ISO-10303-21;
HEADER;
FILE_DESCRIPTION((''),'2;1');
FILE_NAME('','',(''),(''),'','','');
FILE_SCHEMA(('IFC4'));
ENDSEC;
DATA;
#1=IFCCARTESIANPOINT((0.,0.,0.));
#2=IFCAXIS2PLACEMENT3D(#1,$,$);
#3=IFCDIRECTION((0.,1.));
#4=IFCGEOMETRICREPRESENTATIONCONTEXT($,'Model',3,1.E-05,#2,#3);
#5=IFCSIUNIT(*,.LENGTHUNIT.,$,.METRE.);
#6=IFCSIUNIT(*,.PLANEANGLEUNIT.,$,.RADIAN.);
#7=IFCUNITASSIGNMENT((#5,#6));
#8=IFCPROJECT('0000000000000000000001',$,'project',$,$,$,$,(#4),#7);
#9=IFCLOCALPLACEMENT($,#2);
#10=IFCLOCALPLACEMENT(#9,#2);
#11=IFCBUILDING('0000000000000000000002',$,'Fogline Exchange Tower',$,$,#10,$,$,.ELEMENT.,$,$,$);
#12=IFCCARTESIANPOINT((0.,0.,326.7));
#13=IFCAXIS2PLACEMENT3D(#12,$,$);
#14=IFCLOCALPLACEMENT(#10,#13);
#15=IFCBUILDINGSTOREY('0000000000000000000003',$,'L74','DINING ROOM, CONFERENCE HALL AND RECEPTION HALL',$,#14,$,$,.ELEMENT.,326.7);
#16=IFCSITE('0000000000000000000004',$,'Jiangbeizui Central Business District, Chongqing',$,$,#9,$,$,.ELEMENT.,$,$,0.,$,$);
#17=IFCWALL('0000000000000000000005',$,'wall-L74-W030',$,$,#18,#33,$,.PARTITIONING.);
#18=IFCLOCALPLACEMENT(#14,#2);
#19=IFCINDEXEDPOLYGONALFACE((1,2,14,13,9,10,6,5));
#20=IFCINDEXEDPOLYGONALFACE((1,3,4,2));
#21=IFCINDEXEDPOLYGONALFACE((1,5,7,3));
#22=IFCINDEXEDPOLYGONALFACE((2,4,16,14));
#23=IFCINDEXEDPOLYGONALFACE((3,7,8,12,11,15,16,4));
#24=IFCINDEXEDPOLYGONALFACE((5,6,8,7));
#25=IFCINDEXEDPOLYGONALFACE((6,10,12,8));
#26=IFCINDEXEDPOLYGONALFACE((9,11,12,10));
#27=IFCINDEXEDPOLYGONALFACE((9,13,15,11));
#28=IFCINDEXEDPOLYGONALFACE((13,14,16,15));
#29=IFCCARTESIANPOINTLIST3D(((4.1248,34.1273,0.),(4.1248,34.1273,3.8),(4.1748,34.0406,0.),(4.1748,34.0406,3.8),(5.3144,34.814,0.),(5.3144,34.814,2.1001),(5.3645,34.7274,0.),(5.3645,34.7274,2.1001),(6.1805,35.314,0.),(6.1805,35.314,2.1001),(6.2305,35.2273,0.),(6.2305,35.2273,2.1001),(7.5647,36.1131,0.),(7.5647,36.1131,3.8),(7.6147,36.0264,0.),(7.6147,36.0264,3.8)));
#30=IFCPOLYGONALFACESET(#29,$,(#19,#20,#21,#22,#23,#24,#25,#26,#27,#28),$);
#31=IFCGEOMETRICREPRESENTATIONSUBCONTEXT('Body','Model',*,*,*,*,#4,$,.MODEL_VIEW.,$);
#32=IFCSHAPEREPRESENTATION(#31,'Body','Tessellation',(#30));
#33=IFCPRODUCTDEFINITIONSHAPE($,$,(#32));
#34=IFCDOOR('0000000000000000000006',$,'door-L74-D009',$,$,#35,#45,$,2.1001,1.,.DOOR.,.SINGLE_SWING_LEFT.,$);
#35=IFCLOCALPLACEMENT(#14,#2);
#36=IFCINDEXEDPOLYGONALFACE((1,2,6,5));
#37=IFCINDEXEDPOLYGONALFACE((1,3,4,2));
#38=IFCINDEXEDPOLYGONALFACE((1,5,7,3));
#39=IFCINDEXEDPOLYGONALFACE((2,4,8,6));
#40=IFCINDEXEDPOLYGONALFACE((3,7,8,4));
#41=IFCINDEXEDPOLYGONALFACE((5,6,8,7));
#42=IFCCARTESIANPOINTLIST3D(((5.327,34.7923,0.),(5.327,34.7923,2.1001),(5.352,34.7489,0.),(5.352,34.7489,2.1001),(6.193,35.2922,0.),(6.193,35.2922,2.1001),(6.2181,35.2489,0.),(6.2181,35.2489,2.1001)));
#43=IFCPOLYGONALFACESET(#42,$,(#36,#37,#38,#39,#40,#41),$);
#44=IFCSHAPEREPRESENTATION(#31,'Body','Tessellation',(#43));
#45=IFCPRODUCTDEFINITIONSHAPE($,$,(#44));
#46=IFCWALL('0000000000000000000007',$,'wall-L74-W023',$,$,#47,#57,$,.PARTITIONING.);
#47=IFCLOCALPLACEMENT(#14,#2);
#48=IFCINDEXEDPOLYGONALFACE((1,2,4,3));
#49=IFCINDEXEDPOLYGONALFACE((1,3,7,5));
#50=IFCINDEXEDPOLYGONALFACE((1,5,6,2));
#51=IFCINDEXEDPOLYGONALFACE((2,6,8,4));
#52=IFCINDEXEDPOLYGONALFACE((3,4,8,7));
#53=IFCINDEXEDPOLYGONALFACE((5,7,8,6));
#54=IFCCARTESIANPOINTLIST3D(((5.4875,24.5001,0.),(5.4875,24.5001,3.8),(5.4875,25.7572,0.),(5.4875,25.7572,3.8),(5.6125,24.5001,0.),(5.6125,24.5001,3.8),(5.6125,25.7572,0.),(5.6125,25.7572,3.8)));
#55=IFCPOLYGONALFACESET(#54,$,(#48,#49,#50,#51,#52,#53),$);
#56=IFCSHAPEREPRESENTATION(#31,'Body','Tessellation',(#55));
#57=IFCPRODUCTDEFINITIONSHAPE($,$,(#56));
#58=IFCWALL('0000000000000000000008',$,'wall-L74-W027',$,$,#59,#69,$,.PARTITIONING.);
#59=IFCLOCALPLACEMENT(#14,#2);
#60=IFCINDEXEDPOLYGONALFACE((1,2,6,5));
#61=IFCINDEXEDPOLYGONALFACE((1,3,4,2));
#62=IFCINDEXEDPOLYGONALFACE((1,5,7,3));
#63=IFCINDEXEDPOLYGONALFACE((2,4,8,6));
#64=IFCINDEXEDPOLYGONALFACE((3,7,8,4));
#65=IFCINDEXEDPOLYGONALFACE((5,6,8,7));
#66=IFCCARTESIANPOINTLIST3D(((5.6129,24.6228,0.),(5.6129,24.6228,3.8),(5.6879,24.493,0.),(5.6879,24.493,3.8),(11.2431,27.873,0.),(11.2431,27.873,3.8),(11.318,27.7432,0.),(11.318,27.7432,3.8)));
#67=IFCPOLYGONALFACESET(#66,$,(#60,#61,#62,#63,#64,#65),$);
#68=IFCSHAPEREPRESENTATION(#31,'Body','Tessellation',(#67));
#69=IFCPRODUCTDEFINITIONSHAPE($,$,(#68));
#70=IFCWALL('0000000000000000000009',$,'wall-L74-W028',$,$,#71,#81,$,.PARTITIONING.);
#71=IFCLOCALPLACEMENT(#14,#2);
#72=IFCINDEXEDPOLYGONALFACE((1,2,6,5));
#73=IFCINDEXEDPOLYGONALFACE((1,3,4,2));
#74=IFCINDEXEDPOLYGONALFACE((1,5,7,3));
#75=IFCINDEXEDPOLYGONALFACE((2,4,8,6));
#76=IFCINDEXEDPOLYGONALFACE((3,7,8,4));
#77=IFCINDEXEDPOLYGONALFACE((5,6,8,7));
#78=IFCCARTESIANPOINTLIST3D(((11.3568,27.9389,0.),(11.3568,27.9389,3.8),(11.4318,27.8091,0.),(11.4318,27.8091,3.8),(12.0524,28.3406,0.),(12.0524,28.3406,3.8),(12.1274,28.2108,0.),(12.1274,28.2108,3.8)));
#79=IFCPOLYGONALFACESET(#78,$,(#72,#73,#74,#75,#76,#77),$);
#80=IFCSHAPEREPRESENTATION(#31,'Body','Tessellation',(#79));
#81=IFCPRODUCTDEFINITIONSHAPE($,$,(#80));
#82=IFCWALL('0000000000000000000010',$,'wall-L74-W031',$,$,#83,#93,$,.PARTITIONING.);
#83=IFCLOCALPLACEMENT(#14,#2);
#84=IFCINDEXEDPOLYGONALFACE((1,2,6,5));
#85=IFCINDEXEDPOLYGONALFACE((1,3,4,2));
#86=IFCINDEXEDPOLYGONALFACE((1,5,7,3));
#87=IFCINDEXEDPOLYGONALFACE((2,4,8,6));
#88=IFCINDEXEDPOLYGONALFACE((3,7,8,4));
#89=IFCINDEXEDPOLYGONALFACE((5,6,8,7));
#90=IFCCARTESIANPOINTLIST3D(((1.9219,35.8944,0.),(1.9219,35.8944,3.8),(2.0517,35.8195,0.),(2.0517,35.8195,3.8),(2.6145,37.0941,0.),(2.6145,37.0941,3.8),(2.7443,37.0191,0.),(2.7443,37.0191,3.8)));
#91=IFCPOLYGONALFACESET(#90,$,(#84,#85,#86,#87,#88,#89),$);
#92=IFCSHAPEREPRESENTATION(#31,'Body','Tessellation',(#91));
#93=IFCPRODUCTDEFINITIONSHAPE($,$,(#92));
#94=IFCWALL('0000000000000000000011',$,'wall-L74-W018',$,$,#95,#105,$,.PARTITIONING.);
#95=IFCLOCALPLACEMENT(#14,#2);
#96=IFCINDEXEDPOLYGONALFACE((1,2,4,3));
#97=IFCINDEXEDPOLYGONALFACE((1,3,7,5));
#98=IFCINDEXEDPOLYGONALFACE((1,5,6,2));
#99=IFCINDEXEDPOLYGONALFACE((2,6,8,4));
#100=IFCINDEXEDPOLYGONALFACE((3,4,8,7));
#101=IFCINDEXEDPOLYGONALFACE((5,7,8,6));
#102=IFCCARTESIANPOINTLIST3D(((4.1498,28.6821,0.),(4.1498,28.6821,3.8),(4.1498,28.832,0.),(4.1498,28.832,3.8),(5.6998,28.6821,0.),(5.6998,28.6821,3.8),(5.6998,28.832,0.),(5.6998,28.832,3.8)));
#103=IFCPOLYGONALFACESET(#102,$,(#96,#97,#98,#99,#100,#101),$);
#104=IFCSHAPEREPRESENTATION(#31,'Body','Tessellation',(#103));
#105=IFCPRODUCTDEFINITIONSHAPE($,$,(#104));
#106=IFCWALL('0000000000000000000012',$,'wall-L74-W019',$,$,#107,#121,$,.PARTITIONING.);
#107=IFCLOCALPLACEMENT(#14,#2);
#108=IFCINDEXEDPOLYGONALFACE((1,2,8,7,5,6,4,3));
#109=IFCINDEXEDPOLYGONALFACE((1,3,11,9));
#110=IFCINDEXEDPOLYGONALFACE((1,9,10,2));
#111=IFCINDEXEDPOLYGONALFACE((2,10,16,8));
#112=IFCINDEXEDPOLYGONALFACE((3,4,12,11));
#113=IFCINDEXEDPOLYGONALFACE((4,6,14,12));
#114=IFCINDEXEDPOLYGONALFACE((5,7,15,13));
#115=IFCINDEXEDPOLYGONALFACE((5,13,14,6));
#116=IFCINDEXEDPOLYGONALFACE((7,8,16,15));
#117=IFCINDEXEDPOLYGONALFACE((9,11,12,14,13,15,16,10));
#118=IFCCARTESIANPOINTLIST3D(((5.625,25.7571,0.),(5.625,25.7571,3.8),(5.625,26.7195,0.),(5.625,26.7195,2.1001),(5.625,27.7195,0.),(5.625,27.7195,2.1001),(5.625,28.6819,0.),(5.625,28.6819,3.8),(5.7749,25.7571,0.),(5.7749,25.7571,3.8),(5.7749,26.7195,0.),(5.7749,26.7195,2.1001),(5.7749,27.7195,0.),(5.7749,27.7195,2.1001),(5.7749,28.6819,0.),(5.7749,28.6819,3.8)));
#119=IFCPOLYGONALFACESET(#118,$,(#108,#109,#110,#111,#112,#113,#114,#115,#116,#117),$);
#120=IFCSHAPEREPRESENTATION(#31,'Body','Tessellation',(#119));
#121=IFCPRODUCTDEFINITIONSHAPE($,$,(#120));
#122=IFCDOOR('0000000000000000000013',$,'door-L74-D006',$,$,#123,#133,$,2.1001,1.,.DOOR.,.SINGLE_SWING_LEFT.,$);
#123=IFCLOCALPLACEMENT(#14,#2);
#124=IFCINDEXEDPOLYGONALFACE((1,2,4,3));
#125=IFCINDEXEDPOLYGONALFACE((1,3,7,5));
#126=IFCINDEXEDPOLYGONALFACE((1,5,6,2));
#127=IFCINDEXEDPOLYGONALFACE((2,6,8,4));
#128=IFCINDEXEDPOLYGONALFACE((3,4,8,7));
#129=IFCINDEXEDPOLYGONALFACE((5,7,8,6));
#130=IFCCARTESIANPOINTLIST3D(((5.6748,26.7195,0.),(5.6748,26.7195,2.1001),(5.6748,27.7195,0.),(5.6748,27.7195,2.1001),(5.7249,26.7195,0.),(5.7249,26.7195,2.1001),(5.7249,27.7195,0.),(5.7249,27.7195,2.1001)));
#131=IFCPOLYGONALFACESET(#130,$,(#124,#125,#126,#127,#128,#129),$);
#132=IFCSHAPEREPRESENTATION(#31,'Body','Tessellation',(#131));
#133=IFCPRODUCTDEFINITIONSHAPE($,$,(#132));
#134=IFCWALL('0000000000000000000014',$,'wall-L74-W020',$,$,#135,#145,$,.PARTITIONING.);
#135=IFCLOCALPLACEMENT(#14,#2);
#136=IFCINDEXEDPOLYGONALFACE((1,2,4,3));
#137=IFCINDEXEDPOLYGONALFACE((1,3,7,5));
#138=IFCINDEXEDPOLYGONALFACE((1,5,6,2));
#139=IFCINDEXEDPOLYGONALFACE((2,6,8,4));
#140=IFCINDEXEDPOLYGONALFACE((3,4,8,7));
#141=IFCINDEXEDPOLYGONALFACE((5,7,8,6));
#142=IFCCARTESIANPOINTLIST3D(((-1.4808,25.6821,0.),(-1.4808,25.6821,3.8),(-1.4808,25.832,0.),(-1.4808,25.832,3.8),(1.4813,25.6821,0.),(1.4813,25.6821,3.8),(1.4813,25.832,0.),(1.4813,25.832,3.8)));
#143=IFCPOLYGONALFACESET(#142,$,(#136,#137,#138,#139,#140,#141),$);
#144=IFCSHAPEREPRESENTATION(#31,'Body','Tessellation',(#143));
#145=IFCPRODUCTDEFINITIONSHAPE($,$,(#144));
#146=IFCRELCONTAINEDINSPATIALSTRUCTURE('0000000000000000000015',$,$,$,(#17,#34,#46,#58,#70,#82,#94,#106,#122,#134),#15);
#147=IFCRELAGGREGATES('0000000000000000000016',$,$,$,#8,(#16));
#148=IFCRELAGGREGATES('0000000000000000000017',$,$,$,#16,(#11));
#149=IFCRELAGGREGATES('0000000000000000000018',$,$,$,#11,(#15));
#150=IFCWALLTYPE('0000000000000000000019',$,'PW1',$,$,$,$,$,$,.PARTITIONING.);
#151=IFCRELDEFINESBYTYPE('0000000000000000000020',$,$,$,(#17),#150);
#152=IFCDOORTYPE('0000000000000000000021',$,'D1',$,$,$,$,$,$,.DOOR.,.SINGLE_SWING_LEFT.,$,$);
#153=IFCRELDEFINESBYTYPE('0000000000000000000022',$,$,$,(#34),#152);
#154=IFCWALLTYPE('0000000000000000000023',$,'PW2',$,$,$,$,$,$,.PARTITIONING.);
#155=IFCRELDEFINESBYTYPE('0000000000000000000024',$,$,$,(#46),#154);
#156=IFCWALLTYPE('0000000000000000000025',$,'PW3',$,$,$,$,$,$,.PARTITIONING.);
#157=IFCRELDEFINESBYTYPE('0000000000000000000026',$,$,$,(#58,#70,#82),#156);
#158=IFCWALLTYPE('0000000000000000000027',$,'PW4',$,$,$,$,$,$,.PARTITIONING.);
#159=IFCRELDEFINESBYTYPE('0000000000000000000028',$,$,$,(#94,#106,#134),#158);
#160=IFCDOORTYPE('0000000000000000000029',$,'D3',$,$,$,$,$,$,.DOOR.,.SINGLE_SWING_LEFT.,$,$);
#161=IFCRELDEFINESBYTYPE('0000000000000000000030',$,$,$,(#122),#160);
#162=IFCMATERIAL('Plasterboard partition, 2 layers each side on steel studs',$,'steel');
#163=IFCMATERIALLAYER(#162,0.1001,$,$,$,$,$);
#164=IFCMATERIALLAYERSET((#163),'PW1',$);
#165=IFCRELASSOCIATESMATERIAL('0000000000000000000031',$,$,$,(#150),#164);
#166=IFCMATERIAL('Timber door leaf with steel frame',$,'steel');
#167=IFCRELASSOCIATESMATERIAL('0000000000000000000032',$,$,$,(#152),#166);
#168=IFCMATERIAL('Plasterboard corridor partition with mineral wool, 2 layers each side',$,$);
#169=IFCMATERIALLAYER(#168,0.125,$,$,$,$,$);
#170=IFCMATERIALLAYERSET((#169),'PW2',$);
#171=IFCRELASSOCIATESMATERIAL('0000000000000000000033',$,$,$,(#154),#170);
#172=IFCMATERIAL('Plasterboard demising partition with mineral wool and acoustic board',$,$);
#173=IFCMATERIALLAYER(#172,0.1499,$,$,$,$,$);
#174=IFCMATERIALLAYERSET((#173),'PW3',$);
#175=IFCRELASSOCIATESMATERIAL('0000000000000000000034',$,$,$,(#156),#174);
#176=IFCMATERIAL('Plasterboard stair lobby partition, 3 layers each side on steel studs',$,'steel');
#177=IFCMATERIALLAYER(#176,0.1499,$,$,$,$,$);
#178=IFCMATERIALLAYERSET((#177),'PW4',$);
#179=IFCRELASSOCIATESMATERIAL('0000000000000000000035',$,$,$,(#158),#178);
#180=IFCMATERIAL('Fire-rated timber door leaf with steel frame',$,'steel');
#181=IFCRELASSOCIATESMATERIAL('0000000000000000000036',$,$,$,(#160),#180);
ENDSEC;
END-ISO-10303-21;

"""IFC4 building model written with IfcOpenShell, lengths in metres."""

from ifc_helpers import new_model, si_unit, direction, frame, frame_2d, origin, place, context, subcontext, project, spatial, rectangle, extrude, material, layer, layer_set, type_object, element, fill, save


model = new_model("IFC4")

# Units and contexts
model_context = context("Model", 3, precision=1e-05, world=origin(), true_north=direction((0.0, 1.0)))
body_context = subcontext(model_context, "Body", "Model", "MODEL_VIEW")
ifc_project = project(units=[si_unit("LENGTHUNIT", "METRE"), si_unit("PLANEANGLEUNIT", "RADIAN")], contexts=[model_context])

# Site, building, storey
site_placement = place(None, origin())
site = spatial("IfcSite", under=ifc_project, at=site_placement, Name="Jiangbeizui Central Business District, Chongqing", CompositionType="ELEMENT", RefElevation=0.0)
building_placement = place(site_placement, origin())
building = spatial("IfcBuilding", under=site, at=building_placement, Name="Fogline Exchange Tower", CompositionType="ELEMENT")
storey_placement = place(building_placement, frame((0.0, 0.0, 326.7)))
storey = spatial("IfcBuildingStorey", under=building, at=storey_placement, Name="L74", Description="DINING ROOM, CONFERENCE HALL AND RECEPTION HALL", CompositionType="ELEMENT", Elevation=326.7)

# Wall, opening, door
ifc_material_1 = material(Name="Plasterboard partition, 2 layers each side on steel studs", Category="steel")
ifc_layer_1 = layer(ifc_material_1, 0.1001)
ifc_layer_set_1 = layer_set([ifc_layer_1], Name="PW1")
wall_type_1 = type_object("IfcWallType", Name="PW1", PredefinedType="PARTITIONING", material=ifc_layer_set_1)
wall_1_placement = place(storey_placement, frame((4.1499, 34.084, 0.0), z_axis=(0.0, 0.0, 1.0), x_axis=(0.866048, 0.49996, 0.0)))
wall_1 = element("IfcWall", 1, at=wall_1_placement, inside=storey, type_object=wall_type_1, Name="wall-L74-W030", PredefinedType="PARTITIONING", context=body_context, shape_type="SweptSolid", body=[
    extrude(rectangle(XDim=3.9719, YDim=0.1001, at=frame_2d((1.9858, 0.0))), origin(), (0.0, 0.0, 1.0), 3.8),
])
opening_1_placement = place(wall_1_placement, frame((1.3735, 0.0, 0.0)))
opening_1 = element("IfcOpeningElement", 2, at=opening_1_placement, cuts=wall_1, PredefinedType="OPENING", context=body_context, shape_type="SweptSolid", body=[
    extrude(rectangle(XDim=1.0, YDim=2.1001, at=frame_2d((0.5, 1.05))), frame((0.0, 0.0601, 0.0), z_axis=(0.0, -1.0, 0.0), x_axis=(1.0, 0.0, 0.0)), (0.0, 0.0, 1.0), 0.1201),
])
ifc_material_2 = material(Name="Timber door leaf with steel frame", Category="steel")
door_type_1 = type_object("IfcDoorType", Name="D1", OperationType="SINGLE_SWING_LEFT", PredefinedType="DOOR", material=ifc_material_2)
door_1_placement = place(opening_1_placement, origin())
door_1 = element("IfcDoor", 3, at=door_1_placement, inside=storey, type_object=door_type_1, Name="door-L74-D009", OperationType="SINGLE_SWING_LEFT", OverallHeight=2.1001, OverallWidth=1.0, PredefinedType="DOOR", context=body_context, shape_type="SweptSolid", body=[
    extrude(rectangle(XDim=1.0, YDim=2.1001, at=frame_2d((0.5, 1.05))), frame((0.0, 0.0249, 0.0), z_axis=(0.0, -1.0, 0.0), x_axis=(1.0, 0.0, 0.0)), (0.0, 0.0, 1.0), 0.05),
])
fill(opening_1, door_1)

# Walls
ifc_material_3 = material(Name="Plasterboard corridor partition with mineral wool, 2 layers each side")
ifc_layer_2 = layer(ifc_material_3, 0.125)
ifc_layer_set_2 = layer_set([ifc_layer_2], Name="PW2")
wall_type_2 = type_object("IfcWallType", Name="PW2", PredefinedType="PARTITIONING", material=ifc_layer_set_2)
wall_2_placement = place(storey_placement, frame((5.55, 25.7571, 0.0), z_axis=(0.0, 0.0, 1.0), x_axis=(0.0, -1.0, 0.0)))
element("IfcWall", 4, at=wall_2_placement, inside=storey, type_object=wall_type_2, Name="wall-L74-W023", PredefinedType="PARTITIONING", context=body_context, shape_type="SweptSolid", body=[
    extrude(rectangle(XDim=1.2571, YDim=0.125, at=frame_2d((0.6284, 0.0))), origin(), (0.0, 0.0, 1.0), 3.8),
])
ifc_material_4 = material(Name="Plasterboard demising partition with mineral wool and acoustic board")
ifc_layer_3 = layer(ifc_material_4, 0.1499)
ifc_layer_set_3 = layer_set([ifc_layer_3], Name="PW3")
wall_type_3 = type_object("IfcWallType", Name="PW3", PredefinedType="PARTITIONING", material=ifc_layer_set_3)
wall_3_placement = place(storey_placement, frame((5.6504, 24.5579, 0.0), z_axis=(0.0, 0.0, 1.0), x_axis=(0.866046, 0.499964, 0.0)))
element("IfcWall", 5, at=wall_3_placement, inside=storey, type_object=wall_type_3, Name="wall-L74-W027", PredefinedType="PARTITIONING", context=body_context, shape_type="SweptSolid", body=[
    extrude(rectangle(XDim=6.501, YDim=0.1499, at=frame_2d((3.2505, 0.0))), origin(), (0.0, 0.0, 1.0), 3.8),
])
wall_4_placement = place(storey_placement, frame((11.3943, 27.874, 0.0), z_axis=(0.0, 0.0, 1.0), x_axis=(0.866008, 0.500029, 0.0)))
element("IfcWall", 6, at=wall_4_placement, inside=storey, type_object=wall_type_3, Name="wall-L74-W028", PredefinedType="PARTITIONING", context=body_context, shape_type="SweptSolid", body=[
    extrude(rectangle(XDim=0.8032, YDim=0.1499, at=frame_2d((0.4016, 0.0))), origin(), (0.0, 0.0, 1.0), 3.8),
])
wall_5_placement = place(storey_placement, frame((1.9868, 35.8569, 0.0), z_axis=(0.0, 0.0, 1.0), x_axis=(0.499987, 0.866033, 0.0)))
element("IfcWall", 7, at=wall_5_placement, inside=storey, type_object=wall_type_3, Name="wall-L74-W031", PredefinedType="PARTITIONING", context=body_context, shape_type="SweptSolid", body=[
    extrude(rectangle(XDim=1.3853, YDim=0.1499, at=frame_2d((0.6926, 0.0))), origin(), (0.0, 0.0, 1.0), 3.8),
])
ifc_material_5 = material(Name="Plasterboard stair lobby partition, 3 layers each side on steel studs", Category="steel")
ifc_layer_4 = layer(ifc_material_5, 0.1499)
ifc_layer_set_4 = layer_set([ifc_layer_4], Name="PW4")
wall_type_4 = type_object("IfcWallType", Name="PW4", PredefinedType="PARTITIONING", material=ifc_layer_set_4)
wall_6_placement = place(storey_placement, frame((4.1499, 28.7571, 0.0), z_axis=(0.0, 0.0, 1.0), x_axis=(1.0, 0.0, 0.0)))
element("IfcWall", 8, at=wall_6_placement, inside=storey, type_object=wall_type_4, Name="wall-L74-W018", PredefinedType="PARTITIONING", context=body_context, shape_type="SweptSolid", body=[
    extrude(rectangle(XDim=1.55, YDim=0.1499, at=frame_2d((0.7749, 0.0))), origin(), (0.0, 0.0, 1.0), 3.8),
])

# Wall, opening, door
wall_7_placement = place(storey_placement, frame((5.7, 28.6819, 0.0), z_axis=(0.0, 0.0, 1.0), x_axis=(0.0, -1.0, 0.0)))
wall_7 = element("IfcWall", 9, at=wall_7_placement, inside=storey, type_object=wall_type_4, Name="wall-L74-W019", PredefinedType="PARTITIONING", context=body_context, shape_type="SweptSolid", body=[
    extrude(rectangle(XDim=2.9248, YDim=0.1499, at=frame_2d((1.4624, 0.0))), origin(), (0.0, 0.0, 1.0), 3.8),
])
opening_2_placement = place(wall_7_placement, frame((0.9624, 0.0, 0.0)))
opening_2 = element("IfcOpeningElement", 10, at=opening_2_placement, cuts=wall_7, PredefinedType="OPENING", context=body_context, shape_type="SweptSolid", body=[
    extrude(rectangle(XDim=1.0, YDim=2.1001, at=frame_2d((0.5, 1.05))), frame((0.0, 0.085, 0.0), z_axis=(0.0, -1.0, 0.0), x_axis=(1.0, 0.0, 0.0)), (0.0, 0.0, 1.0), 0.1699),
])
ifc_material_6 = material(Name="Fire-rated timber door leaf with steel frame", Category="steel")
door_type_2 = type_object("IfcDoorType", Name="D3", OperationType="SINGLE_SWING_LEFT", PredefinedType="DOOR", material=ifc_material_6)
door_2_placement = place(opening_2_placement, origin())
door_2 = element("IfcDoor", 11, at=door_2_placement, inside=storey, type_object=door_type_2, Name="door-L74-D006", OperationType="SINGLE_SWING_LEFT", OverallHeight=2.1001, OverallWidth=1.0, PredefinedType="DOOR", context=body_context, shape_type="SweptSolid", body=[
    extrude(rectangle(XDim=1.0, YDim=2.1001, at=frame_2d((0.5, 1.05))), frame((0.0, 0.0249, 0.0), z_axis=(0.0, -1.0, 0.0), x_axis=(1.0, 0.0, 0.0)), (0.0, 0.0, 1.0), 0.05),
])
fill(opening_2, door_2)

# Wall
wall_8_placement = place(storey_placement, frame((1.4812, 25.7571, 0.0), z_axis=(0.0, 0.0, 1.0), x_axis=(-1.0, 0.0, 0.0)))
element("IfcWall", 12, at=wall_8_placement, inside=storey, type_object=wall_type_4, Name="wall-L74-W020", PredefinedType="PARTITIONING", context=body_context, shape_type="SweptSolid", body=[
    extrude(rectangle(XDim=2.9622, YDim=0.1499, at=frame_2d((1.481, 0.0))), origin(), (0.0, 0.0, 1.0), 3.8),
])

save(model, "model.ifc")
